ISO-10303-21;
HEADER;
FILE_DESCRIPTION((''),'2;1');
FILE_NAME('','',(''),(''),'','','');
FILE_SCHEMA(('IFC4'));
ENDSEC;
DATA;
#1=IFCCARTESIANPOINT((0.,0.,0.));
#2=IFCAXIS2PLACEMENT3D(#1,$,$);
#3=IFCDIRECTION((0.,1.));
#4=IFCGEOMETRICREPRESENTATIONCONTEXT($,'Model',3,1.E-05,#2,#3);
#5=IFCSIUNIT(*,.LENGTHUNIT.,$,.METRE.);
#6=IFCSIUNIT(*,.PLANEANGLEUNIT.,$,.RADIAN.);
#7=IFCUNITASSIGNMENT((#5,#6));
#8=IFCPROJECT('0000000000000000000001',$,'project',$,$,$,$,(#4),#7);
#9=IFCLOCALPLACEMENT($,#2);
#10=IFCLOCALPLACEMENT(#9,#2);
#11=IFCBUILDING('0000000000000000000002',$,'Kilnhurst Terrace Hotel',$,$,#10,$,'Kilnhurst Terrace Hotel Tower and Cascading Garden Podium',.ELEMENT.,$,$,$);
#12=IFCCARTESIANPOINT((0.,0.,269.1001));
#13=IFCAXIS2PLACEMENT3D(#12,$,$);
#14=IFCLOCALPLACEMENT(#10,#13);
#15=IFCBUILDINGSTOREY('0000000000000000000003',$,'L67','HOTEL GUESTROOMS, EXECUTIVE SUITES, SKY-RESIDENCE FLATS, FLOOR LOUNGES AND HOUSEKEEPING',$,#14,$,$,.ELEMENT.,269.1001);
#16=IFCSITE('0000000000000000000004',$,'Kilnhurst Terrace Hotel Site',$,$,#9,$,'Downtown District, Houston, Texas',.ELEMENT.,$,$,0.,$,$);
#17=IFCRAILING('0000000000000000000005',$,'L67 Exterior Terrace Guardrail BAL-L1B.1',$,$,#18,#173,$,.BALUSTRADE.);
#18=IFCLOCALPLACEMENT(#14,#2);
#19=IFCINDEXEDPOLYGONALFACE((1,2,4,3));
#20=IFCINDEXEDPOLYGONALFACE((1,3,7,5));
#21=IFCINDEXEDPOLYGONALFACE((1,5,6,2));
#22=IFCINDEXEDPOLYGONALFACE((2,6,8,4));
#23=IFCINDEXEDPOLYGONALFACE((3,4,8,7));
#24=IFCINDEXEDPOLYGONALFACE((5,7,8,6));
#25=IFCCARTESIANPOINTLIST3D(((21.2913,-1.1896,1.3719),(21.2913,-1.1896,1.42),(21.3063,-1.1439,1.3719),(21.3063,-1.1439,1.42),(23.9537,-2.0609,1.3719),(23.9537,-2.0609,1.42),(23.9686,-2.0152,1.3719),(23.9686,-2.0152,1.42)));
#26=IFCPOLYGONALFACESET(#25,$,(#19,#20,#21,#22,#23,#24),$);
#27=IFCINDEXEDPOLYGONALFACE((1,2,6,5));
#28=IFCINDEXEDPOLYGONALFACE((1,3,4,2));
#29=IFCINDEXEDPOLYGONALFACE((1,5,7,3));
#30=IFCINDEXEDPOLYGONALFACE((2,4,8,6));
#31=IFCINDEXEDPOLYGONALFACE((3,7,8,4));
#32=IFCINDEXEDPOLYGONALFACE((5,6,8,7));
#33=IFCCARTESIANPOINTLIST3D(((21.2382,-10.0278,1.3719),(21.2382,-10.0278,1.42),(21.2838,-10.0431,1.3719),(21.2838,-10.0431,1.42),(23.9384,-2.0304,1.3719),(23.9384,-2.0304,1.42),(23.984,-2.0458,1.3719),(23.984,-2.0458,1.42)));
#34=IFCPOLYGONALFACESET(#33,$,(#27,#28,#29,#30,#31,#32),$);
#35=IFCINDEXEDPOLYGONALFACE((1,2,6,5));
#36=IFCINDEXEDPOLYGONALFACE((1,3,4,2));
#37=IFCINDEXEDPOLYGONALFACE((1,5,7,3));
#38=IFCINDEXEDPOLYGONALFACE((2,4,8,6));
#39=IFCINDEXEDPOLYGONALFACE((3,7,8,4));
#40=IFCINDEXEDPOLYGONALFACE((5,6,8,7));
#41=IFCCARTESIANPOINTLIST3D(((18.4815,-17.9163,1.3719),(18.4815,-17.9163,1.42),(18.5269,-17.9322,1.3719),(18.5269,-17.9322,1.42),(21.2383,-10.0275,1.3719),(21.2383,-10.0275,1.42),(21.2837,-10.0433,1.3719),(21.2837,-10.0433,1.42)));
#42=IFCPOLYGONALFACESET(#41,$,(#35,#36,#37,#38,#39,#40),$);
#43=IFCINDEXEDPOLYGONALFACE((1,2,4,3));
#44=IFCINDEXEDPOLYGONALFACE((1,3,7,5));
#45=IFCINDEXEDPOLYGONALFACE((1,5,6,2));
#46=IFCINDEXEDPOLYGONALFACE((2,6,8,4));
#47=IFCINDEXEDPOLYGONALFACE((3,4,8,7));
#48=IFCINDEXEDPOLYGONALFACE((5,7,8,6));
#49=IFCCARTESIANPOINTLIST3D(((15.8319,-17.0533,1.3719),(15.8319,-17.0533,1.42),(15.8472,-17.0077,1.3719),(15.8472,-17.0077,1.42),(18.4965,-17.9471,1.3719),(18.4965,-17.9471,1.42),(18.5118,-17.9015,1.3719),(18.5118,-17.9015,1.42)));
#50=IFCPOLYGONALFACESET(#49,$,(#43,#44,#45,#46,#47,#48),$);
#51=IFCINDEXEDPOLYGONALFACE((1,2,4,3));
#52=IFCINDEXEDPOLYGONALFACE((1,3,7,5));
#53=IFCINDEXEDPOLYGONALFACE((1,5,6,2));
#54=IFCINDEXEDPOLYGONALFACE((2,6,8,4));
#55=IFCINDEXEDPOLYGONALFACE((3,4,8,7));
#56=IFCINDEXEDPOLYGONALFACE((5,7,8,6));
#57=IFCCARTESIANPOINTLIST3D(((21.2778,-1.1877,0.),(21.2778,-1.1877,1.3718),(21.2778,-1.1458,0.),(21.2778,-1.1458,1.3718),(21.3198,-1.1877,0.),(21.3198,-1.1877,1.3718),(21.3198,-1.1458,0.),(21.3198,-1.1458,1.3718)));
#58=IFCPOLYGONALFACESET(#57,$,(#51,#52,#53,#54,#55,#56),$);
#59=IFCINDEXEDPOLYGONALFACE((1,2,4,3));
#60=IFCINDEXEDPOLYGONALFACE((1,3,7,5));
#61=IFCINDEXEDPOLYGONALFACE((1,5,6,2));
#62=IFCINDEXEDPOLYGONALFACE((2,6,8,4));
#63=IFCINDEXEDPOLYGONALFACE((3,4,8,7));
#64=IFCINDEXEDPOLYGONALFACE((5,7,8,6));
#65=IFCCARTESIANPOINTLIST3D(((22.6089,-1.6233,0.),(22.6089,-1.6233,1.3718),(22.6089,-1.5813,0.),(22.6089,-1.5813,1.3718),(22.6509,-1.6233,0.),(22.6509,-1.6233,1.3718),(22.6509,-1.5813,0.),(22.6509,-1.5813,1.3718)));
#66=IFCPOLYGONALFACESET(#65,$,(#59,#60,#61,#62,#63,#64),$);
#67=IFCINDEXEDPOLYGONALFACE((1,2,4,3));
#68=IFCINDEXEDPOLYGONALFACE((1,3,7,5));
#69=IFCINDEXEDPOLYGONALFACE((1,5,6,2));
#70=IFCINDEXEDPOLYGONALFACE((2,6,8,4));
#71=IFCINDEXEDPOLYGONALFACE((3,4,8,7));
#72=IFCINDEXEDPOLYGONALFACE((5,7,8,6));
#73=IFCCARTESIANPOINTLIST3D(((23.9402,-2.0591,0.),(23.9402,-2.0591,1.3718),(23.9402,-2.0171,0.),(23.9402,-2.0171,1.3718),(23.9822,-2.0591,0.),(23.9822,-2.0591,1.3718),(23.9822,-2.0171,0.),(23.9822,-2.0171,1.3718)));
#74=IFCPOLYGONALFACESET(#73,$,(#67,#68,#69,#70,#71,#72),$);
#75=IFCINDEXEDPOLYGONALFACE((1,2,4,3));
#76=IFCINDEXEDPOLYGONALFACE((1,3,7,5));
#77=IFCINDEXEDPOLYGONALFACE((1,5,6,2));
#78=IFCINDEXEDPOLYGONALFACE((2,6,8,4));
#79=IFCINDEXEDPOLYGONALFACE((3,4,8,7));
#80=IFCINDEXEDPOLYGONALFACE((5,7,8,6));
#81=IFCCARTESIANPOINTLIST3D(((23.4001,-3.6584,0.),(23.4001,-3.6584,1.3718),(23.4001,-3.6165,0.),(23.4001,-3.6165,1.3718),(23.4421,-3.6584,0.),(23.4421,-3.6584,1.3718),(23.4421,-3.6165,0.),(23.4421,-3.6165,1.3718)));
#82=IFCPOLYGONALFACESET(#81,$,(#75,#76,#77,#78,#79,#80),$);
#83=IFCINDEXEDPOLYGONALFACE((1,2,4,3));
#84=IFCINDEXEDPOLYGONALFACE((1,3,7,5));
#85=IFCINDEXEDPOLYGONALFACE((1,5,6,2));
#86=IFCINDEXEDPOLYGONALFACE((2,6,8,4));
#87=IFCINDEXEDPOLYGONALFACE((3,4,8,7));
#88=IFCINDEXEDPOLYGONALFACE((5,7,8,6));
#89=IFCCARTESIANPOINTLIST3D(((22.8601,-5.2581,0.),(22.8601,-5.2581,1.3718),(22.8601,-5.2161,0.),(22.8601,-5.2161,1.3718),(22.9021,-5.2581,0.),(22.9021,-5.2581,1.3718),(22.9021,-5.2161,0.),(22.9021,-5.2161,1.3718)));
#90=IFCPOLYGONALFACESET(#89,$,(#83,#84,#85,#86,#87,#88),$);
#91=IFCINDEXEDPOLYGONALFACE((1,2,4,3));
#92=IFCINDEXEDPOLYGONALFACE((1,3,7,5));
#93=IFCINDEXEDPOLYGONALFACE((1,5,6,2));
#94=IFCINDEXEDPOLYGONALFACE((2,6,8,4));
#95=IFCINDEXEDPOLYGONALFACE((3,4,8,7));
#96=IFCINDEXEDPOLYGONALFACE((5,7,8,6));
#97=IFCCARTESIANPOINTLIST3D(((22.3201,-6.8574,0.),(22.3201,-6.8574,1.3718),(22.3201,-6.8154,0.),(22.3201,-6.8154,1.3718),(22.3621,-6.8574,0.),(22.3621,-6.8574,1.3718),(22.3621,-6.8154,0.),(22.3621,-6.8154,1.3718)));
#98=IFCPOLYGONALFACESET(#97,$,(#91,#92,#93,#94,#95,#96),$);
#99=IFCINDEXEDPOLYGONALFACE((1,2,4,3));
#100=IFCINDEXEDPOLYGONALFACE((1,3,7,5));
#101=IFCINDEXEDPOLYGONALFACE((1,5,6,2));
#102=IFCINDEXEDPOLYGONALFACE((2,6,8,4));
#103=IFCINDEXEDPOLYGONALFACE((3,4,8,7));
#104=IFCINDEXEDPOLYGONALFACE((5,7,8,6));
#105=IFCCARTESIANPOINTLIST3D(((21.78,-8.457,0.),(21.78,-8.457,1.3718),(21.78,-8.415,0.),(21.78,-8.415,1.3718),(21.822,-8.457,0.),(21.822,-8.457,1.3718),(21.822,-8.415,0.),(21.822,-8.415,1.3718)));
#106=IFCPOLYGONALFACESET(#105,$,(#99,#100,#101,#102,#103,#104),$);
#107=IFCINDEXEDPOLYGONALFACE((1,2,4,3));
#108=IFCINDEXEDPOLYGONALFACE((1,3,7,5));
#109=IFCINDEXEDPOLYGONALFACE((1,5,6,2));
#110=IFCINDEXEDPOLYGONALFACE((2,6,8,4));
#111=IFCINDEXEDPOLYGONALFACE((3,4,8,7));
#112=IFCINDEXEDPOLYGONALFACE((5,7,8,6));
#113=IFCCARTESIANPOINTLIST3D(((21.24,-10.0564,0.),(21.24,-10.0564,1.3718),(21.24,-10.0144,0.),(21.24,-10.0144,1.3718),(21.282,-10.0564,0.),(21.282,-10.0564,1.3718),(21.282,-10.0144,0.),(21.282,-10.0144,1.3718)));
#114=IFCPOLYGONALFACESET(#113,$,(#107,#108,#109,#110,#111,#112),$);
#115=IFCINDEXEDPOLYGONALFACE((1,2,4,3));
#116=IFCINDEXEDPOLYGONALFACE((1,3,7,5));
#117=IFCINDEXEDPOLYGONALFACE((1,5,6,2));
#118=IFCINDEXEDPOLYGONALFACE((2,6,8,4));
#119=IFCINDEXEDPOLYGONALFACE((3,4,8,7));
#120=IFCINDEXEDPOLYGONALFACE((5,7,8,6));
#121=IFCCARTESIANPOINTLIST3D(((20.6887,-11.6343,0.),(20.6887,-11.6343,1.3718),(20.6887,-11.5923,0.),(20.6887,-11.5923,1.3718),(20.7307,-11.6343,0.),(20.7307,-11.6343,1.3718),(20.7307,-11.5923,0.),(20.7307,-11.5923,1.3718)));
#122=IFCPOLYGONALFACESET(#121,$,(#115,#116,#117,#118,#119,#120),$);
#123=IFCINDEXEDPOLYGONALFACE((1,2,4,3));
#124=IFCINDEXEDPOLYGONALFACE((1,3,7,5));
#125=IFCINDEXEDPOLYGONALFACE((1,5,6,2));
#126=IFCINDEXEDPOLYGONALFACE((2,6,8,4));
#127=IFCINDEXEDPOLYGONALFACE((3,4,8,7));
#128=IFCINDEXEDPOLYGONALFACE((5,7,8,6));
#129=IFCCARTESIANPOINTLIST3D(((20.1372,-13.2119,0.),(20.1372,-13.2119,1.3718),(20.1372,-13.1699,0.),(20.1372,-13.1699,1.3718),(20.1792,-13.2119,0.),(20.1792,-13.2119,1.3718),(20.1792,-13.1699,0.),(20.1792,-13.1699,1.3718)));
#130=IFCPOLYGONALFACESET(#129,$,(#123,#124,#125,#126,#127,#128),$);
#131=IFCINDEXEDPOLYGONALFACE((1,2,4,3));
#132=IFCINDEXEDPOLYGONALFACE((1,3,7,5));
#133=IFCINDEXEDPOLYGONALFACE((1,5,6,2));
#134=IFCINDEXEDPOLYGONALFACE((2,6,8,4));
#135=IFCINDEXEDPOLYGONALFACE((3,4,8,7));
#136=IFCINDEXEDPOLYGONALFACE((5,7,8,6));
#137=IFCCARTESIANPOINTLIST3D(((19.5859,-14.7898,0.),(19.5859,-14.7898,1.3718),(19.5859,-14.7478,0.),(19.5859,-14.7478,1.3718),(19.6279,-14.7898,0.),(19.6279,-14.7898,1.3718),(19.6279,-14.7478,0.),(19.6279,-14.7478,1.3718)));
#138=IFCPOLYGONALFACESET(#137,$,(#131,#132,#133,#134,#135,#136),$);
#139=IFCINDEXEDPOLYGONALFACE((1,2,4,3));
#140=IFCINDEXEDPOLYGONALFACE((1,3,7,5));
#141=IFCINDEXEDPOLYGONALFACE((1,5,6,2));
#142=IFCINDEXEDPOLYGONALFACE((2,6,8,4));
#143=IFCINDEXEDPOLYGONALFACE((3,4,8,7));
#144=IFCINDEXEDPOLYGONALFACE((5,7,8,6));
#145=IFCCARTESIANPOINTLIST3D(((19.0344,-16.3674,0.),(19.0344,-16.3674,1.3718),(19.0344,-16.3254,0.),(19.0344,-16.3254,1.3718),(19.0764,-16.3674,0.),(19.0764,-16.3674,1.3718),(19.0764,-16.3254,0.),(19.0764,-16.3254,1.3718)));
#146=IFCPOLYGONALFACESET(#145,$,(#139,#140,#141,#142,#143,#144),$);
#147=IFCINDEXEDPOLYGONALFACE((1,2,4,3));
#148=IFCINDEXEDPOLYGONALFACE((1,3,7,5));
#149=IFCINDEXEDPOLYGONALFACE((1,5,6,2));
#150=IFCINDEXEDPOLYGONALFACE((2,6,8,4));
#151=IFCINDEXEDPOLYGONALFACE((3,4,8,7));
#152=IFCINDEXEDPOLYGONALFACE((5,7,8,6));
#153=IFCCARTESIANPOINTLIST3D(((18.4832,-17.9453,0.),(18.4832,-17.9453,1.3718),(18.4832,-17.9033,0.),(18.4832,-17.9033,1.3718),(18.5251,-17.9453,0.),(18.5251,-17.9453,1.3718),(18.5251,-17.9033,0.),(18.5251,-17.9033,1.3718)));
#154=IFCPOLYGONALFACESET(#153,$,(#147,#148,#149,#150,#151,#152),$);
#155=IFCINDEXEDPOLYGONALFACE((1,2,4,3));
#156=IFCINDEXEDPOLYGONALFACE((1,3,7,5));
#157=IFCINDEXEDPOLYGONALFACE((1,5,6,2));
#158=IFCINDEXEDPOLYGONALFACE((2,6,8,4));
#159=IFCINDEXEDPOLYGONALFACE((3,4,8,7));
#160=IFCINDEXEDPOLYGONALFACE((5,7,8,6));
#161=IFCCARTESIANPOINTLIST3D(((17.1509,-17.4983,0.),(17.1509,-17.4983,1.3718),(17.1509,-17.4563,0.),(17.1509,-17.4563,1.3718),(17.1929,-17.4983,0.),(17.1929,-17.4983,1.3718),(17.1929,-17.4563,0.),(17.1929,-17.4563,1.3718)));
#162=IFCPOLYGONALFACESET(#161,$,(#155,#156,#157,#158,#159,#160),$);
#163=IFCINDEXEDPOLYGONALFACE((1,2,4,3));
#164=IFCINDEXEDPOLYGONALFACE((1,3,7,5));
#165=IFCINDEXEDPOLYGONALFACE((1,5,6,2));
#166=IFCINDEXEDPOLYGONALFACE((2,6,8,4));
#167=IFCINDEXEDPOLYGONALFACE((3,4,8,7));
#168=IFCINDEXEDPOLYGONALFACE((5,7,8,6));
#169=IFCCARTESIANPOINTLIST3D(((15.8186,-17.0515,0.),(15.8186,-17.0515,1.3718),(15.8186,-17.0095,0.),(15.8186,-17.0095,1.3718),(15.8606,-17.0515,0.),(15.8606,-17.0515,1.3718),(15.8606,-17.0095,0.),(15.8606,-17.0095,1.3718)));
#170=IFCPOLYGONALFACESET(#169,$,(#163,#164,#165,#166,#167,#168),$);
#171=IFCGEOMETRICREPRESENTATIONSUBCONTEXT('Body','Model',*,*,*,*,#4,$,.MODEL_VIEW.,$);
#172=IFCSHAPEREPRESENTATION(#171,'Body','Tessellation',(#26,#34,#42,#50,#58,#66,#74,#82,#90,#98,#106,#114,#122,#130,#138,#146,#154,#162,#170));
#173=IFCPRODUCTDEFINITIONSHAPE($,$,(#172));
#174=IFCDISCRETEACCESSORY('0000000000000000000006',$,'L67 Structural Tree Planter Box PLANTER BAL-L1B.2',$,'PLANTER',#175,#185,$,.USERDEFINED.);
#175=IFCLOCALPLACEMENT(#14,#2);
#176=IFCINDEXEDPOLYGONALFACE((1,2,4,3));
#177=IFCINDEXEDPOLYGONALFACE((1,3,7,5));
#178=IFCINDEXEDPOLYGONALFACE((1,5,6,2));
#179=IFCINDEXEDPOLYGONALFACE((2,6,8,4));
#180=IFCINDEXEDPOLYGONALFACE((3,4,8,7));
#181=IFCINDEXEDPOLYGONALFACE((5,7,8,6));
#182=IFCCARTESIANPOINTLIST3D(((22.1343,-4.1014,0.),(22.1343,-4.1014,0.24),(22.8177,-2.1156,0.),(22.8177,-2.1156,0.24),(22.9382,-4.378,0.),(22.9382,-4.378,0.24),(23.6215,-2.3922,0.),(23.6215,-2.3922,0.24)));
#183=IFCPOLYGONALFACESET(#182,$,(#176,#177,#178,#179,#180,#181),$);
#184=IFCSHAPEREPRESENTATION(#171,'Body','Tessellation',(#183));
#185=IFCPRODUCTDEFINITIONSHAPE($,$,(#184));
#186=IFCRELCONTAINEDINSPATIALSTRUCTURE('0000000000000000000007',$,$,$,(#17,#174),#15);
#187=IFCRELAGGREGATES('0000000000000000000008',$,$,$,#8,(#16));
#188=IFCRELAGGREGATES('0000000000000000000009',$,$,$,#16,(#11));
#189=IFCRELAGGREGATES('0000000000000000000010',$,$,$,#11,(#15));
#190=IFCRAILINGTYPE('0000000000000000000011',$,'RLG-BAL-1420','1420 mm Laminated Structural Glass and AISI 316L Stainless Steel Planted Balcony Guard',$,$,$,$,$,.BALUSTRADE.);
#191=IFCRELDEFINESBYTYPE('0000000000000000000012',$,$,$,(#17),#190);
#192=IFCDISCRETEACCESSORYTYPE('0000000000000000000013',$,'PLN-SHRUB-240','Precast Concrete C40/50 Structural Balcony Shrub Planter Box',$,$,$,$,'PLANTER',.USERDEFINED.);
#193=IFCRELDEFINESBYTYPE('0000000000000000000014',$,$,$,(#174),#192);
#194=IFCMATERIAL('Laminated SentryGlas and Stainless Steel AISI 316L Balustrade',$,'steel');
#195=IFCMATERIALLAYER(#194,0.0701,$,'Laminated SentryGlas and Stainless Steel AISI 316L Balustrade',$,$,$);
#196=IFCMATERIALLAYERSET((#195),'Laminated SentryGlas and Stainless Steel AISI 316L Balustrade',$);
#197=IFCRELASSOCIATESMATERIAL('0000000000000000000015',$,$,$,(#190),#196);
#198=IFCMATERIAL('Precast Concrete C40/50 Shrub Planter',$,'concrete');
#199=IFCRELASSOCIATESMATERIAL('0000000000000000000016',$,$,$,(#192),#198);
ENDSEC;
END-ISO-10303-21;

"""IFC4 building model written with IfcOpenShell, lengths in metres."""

from ifc_helpers import new_model, si_unit, direction, frame, origin, origin_2d, place, context, subcontext, project, spatial, rectangle, extrude, material, layer, layer_set, type_object, element, save


model = new_model("IFC4")

# Units and contexts
model_context = context("Model", 3, precision=1e-05, world=origin(), true_north=direction((0.0, 1.0)))
body_context = subcontext(model_context, "Body", "Model", "MODEL_VIEW")
ifc_project = project(units=[si_unit("LENGTHUNIT", "METRE"), si_unit("PLANEANGLEUNIT", "RADIAN")], contexts=[model_context])

# Site, building, storey
site_placement = place(None, origin())
site = spatial("IfcSite", under=ifc_project, at=site_placement, Name="Kilnhurst Terrace Hotel Site", LongName="Downtown District, Houston, Texas", CompositionType="ELEMENT", RefElevation=0.0)
building_placement = place(site_placement, origin())
building = spatial("IfcBuilding", under=site, at=building_placement, Name="Kilnhurst Terrace Hotel", LongName="Kilnhurst Terrace Hotel Tower and Cascading Garden Podium", CompositionType="ELEMENT")
storey_placement = place(building_placement, frame((0.0, 0.0, 269.1001)))
storey = spatial("IfcBuildingStorey", under=building, at=storey_placement, Name="L67", Description="HOTEL GUESTROOMS, EXECUTIVE SUITES, SKY-RESIDENCE FLATS, FLOOR LOUNGES AND HOUSEKEEPING", CompositionType="ELEMENT", Elevation=269.1001)

# Railing
ifc_material_1 = material(Name="Laminated SentryGlas and Stainless Steel AISI 316L Balustrade", Category="steel")
ifc_layer_1 = layer(ifc_material_1, 0.0701, Name="Laminated SentryGlas and Stainless Steel AISI 316L Balustrade")
ifc_layer_set_1 = layer_set([ifc_layer_1], Name="Laminated SentryGlas and Stainless Steel AISI 316L Balustrade")
railing_type = type_object("IfcRailingType", Name="RLG-BAL-1420", Description="1420 mm Laminated Structural Glass and AISI 316L Stainless Steel Planted Balcony Guard", PredefinedType="BALUSTRADE", material=ifc_layer_set_1)
railing_placement = place(storey_placement, frame((21.2988, -1.1667, 0.0)))
element("IfcRailing", 1, at=railing_placement, inside=storey, type_object=railing_type, Name="L67 Exterior Terrace Guardrail BAL-L1B.1", PredefinedType="BALUSTRADE", context=body_context, shape_type="SweptSolid", body=[
    extrude(rectangle(XDim=0.0481, YDim=0.0481, at=origin_2d()), frame((0.0, 0.0, 1.396), z_axis=(0.950395, -0.311046, 0.0), x_axis=(0.311046, 0.950395, 0.0)), (0.0, 0.0, 1.0), 2.8013),
    extrude(rectangle(XDim=0.0481, YDim=0.0481, at=origin_2d()), frame((2.6624, -0.8713, 1.396), z_axis=(-0.319896, -0.947453, 0.0), x_axis=(0.947453, -0.319896, 0.0)), (0.0, 0.0, 1.0), 8.4409),
    extrude(rectangle(XDim=0.0481, YDim=0.0481, at=origin_2d()), frame((-0.0378, -8.8687, 1.396), z_axis=(-0.329894, -0.944018, 0.0), x_axis=(0.944018, -0.329894, 0.0)), (0.0, 0.0, 1.0), 8.3567),
    extrude(rectangle(XDim=0.0481, YDim=0.0481, at=origin_2d()), frame((-2.7947, -16.7576, 1.396), z_axis=(-0.948082, 0.318025, 0.0), x_axis=(-0.318025, -0.948082, 0.0)), (0.0, 0.0, 1.0), 2.8105),
    extrude(rectangle(XDim=0.042, YDim=0.042, at=origin_2d()), origin(), (0.0, 0.0, 1.0), 1.3718),
    extrude(rectangle(XDim=0.042, YDim=0.042, at=origin_2d()), frame((1.3311, -0.4355, 0.0)), (0.0, 0.0, 1.0), 1.3718),
    extrude(rectangle(XDim=0.042, YDim=0.042, at=origin_2d()), frame((2.6624, -0.8713, 0.0)), (0.0, 0.0, 1.0), 1.3718),
    extrude(rectangle(XDim=0.042, YDim=0.042, at=origin_2d()), frame((2.1223, -2.4707, 0.0)), (0.0, 0.0, 1.0), 1.3718),
    extrude(rectangle(XDim=0.042, YDim=0.042, at=origin_2d()), frame((1.5823, -4.0703, 0.0)), (0.0, 0.0, 1.0), 1.3718),
    extrude(rectangle(XDim=0.042, YDim=0.042, at=origin_2d()), frame((1.0422, -5.6697, 0.0)), (0.0, 0.0, 1.0), 1.3718),
    extrude(rectangle(XDim=0.042, YDim=0.042, at=origin_2d()), frame((0.5022, -7.2693, 0.0)), (0.0, 0.0, 1.0), 1.3718),
    extrude(rectangle(XDim=0.042, YDim=0.042, at=origin_2d()), frame((-0.0378, -8.8687, 0.0)), (0.0, 0.0, 1.0), 1.3718),
    extrude(rectangle(XDim=0.042, YDim=0.042, at=origin_2d()), frame((-0.5891, -10.4465, 0.0)), (0.0, 0.0, 1.0), 1.3718),
    extrude(rectangle(XDim=0.042, YDim=0.042, at=origin_2d()), frame((-1.1406, -12.0242, 0.0)), (0.0, 0.0, 1.0), 1.3718),
    extrude(rectangle(XDim=0.042, YDim=0.042, at=origin_2d()), frame((-1.6919, -13.6021, 0.0)), (0.0, 0.0, 1.0), 1.3718),
    extrude(rectangle(XDim=0.042, YDim=0.042, at=origin_2d()), frame((-2.2434, -15.1797, 0.0)), (0.0, 0.0, 1.0), 1.3718),
    extrude(rectangle(XDim=0.042, YDim=0.042, at=origin_2d()), frame((-2.7947, -16.7576, 0.0)), (0.0, 0.0, 1.0), 1.3718),
    extrude(rectangle(XDim=0.042, YDim=0.042, at=origin_2d()), frame((-4.127, -16.3105, 0.0)), (0.0, 0.0, 1.0), 1.3718),
    extrude(rectangle(XDim=0.042, YDim=0.042, at=origin_2d()), frame((-5.4592, -15.8638, 0.0)), (0.0, 0.0, 1.0), 1.3718),
])

# Discrete accessory
ifc_material_2 = material(Name="Precast Concrete C40/50 Shrub Planter", Category="concrete")
discrete_accessory_type = type_object("IfcDiscreteAccessoryType", Name="PLN-SHRUB-240", Description="Precast Concrete C40/50 Structural Balcony Shrub Planter Box", ElementType="PLANTER", PredefinedType="USERDEFINED", material=ifc_material_2)
discrete_accessory_placement = place(storey_placement, frame((22.8779, -3.2468, 0.0), z_axis=(0.0, 0.0, 1.0), x_axis=(0.325403, 0.945575, 0.0)))
element("IfcDiscreteAccessory", 2, at=discrete_accessory_placement, inside=storey, type_object=discrete_accessory_type, Name="L67 Structural Tree Planter Box PLANTER BAL-L1B.2", ObjectType="PLANTER", PredefinedType="USERDEFINED", context=body_context, shape_type="SweptSolid", body=[
    extrude(rectangle(XDim=2.1001, YDim=0.8501, at=origin_2d()), origin(), (0.0, 0.0, 1.0), 0.24),
])

save(model, "model.ifc")
